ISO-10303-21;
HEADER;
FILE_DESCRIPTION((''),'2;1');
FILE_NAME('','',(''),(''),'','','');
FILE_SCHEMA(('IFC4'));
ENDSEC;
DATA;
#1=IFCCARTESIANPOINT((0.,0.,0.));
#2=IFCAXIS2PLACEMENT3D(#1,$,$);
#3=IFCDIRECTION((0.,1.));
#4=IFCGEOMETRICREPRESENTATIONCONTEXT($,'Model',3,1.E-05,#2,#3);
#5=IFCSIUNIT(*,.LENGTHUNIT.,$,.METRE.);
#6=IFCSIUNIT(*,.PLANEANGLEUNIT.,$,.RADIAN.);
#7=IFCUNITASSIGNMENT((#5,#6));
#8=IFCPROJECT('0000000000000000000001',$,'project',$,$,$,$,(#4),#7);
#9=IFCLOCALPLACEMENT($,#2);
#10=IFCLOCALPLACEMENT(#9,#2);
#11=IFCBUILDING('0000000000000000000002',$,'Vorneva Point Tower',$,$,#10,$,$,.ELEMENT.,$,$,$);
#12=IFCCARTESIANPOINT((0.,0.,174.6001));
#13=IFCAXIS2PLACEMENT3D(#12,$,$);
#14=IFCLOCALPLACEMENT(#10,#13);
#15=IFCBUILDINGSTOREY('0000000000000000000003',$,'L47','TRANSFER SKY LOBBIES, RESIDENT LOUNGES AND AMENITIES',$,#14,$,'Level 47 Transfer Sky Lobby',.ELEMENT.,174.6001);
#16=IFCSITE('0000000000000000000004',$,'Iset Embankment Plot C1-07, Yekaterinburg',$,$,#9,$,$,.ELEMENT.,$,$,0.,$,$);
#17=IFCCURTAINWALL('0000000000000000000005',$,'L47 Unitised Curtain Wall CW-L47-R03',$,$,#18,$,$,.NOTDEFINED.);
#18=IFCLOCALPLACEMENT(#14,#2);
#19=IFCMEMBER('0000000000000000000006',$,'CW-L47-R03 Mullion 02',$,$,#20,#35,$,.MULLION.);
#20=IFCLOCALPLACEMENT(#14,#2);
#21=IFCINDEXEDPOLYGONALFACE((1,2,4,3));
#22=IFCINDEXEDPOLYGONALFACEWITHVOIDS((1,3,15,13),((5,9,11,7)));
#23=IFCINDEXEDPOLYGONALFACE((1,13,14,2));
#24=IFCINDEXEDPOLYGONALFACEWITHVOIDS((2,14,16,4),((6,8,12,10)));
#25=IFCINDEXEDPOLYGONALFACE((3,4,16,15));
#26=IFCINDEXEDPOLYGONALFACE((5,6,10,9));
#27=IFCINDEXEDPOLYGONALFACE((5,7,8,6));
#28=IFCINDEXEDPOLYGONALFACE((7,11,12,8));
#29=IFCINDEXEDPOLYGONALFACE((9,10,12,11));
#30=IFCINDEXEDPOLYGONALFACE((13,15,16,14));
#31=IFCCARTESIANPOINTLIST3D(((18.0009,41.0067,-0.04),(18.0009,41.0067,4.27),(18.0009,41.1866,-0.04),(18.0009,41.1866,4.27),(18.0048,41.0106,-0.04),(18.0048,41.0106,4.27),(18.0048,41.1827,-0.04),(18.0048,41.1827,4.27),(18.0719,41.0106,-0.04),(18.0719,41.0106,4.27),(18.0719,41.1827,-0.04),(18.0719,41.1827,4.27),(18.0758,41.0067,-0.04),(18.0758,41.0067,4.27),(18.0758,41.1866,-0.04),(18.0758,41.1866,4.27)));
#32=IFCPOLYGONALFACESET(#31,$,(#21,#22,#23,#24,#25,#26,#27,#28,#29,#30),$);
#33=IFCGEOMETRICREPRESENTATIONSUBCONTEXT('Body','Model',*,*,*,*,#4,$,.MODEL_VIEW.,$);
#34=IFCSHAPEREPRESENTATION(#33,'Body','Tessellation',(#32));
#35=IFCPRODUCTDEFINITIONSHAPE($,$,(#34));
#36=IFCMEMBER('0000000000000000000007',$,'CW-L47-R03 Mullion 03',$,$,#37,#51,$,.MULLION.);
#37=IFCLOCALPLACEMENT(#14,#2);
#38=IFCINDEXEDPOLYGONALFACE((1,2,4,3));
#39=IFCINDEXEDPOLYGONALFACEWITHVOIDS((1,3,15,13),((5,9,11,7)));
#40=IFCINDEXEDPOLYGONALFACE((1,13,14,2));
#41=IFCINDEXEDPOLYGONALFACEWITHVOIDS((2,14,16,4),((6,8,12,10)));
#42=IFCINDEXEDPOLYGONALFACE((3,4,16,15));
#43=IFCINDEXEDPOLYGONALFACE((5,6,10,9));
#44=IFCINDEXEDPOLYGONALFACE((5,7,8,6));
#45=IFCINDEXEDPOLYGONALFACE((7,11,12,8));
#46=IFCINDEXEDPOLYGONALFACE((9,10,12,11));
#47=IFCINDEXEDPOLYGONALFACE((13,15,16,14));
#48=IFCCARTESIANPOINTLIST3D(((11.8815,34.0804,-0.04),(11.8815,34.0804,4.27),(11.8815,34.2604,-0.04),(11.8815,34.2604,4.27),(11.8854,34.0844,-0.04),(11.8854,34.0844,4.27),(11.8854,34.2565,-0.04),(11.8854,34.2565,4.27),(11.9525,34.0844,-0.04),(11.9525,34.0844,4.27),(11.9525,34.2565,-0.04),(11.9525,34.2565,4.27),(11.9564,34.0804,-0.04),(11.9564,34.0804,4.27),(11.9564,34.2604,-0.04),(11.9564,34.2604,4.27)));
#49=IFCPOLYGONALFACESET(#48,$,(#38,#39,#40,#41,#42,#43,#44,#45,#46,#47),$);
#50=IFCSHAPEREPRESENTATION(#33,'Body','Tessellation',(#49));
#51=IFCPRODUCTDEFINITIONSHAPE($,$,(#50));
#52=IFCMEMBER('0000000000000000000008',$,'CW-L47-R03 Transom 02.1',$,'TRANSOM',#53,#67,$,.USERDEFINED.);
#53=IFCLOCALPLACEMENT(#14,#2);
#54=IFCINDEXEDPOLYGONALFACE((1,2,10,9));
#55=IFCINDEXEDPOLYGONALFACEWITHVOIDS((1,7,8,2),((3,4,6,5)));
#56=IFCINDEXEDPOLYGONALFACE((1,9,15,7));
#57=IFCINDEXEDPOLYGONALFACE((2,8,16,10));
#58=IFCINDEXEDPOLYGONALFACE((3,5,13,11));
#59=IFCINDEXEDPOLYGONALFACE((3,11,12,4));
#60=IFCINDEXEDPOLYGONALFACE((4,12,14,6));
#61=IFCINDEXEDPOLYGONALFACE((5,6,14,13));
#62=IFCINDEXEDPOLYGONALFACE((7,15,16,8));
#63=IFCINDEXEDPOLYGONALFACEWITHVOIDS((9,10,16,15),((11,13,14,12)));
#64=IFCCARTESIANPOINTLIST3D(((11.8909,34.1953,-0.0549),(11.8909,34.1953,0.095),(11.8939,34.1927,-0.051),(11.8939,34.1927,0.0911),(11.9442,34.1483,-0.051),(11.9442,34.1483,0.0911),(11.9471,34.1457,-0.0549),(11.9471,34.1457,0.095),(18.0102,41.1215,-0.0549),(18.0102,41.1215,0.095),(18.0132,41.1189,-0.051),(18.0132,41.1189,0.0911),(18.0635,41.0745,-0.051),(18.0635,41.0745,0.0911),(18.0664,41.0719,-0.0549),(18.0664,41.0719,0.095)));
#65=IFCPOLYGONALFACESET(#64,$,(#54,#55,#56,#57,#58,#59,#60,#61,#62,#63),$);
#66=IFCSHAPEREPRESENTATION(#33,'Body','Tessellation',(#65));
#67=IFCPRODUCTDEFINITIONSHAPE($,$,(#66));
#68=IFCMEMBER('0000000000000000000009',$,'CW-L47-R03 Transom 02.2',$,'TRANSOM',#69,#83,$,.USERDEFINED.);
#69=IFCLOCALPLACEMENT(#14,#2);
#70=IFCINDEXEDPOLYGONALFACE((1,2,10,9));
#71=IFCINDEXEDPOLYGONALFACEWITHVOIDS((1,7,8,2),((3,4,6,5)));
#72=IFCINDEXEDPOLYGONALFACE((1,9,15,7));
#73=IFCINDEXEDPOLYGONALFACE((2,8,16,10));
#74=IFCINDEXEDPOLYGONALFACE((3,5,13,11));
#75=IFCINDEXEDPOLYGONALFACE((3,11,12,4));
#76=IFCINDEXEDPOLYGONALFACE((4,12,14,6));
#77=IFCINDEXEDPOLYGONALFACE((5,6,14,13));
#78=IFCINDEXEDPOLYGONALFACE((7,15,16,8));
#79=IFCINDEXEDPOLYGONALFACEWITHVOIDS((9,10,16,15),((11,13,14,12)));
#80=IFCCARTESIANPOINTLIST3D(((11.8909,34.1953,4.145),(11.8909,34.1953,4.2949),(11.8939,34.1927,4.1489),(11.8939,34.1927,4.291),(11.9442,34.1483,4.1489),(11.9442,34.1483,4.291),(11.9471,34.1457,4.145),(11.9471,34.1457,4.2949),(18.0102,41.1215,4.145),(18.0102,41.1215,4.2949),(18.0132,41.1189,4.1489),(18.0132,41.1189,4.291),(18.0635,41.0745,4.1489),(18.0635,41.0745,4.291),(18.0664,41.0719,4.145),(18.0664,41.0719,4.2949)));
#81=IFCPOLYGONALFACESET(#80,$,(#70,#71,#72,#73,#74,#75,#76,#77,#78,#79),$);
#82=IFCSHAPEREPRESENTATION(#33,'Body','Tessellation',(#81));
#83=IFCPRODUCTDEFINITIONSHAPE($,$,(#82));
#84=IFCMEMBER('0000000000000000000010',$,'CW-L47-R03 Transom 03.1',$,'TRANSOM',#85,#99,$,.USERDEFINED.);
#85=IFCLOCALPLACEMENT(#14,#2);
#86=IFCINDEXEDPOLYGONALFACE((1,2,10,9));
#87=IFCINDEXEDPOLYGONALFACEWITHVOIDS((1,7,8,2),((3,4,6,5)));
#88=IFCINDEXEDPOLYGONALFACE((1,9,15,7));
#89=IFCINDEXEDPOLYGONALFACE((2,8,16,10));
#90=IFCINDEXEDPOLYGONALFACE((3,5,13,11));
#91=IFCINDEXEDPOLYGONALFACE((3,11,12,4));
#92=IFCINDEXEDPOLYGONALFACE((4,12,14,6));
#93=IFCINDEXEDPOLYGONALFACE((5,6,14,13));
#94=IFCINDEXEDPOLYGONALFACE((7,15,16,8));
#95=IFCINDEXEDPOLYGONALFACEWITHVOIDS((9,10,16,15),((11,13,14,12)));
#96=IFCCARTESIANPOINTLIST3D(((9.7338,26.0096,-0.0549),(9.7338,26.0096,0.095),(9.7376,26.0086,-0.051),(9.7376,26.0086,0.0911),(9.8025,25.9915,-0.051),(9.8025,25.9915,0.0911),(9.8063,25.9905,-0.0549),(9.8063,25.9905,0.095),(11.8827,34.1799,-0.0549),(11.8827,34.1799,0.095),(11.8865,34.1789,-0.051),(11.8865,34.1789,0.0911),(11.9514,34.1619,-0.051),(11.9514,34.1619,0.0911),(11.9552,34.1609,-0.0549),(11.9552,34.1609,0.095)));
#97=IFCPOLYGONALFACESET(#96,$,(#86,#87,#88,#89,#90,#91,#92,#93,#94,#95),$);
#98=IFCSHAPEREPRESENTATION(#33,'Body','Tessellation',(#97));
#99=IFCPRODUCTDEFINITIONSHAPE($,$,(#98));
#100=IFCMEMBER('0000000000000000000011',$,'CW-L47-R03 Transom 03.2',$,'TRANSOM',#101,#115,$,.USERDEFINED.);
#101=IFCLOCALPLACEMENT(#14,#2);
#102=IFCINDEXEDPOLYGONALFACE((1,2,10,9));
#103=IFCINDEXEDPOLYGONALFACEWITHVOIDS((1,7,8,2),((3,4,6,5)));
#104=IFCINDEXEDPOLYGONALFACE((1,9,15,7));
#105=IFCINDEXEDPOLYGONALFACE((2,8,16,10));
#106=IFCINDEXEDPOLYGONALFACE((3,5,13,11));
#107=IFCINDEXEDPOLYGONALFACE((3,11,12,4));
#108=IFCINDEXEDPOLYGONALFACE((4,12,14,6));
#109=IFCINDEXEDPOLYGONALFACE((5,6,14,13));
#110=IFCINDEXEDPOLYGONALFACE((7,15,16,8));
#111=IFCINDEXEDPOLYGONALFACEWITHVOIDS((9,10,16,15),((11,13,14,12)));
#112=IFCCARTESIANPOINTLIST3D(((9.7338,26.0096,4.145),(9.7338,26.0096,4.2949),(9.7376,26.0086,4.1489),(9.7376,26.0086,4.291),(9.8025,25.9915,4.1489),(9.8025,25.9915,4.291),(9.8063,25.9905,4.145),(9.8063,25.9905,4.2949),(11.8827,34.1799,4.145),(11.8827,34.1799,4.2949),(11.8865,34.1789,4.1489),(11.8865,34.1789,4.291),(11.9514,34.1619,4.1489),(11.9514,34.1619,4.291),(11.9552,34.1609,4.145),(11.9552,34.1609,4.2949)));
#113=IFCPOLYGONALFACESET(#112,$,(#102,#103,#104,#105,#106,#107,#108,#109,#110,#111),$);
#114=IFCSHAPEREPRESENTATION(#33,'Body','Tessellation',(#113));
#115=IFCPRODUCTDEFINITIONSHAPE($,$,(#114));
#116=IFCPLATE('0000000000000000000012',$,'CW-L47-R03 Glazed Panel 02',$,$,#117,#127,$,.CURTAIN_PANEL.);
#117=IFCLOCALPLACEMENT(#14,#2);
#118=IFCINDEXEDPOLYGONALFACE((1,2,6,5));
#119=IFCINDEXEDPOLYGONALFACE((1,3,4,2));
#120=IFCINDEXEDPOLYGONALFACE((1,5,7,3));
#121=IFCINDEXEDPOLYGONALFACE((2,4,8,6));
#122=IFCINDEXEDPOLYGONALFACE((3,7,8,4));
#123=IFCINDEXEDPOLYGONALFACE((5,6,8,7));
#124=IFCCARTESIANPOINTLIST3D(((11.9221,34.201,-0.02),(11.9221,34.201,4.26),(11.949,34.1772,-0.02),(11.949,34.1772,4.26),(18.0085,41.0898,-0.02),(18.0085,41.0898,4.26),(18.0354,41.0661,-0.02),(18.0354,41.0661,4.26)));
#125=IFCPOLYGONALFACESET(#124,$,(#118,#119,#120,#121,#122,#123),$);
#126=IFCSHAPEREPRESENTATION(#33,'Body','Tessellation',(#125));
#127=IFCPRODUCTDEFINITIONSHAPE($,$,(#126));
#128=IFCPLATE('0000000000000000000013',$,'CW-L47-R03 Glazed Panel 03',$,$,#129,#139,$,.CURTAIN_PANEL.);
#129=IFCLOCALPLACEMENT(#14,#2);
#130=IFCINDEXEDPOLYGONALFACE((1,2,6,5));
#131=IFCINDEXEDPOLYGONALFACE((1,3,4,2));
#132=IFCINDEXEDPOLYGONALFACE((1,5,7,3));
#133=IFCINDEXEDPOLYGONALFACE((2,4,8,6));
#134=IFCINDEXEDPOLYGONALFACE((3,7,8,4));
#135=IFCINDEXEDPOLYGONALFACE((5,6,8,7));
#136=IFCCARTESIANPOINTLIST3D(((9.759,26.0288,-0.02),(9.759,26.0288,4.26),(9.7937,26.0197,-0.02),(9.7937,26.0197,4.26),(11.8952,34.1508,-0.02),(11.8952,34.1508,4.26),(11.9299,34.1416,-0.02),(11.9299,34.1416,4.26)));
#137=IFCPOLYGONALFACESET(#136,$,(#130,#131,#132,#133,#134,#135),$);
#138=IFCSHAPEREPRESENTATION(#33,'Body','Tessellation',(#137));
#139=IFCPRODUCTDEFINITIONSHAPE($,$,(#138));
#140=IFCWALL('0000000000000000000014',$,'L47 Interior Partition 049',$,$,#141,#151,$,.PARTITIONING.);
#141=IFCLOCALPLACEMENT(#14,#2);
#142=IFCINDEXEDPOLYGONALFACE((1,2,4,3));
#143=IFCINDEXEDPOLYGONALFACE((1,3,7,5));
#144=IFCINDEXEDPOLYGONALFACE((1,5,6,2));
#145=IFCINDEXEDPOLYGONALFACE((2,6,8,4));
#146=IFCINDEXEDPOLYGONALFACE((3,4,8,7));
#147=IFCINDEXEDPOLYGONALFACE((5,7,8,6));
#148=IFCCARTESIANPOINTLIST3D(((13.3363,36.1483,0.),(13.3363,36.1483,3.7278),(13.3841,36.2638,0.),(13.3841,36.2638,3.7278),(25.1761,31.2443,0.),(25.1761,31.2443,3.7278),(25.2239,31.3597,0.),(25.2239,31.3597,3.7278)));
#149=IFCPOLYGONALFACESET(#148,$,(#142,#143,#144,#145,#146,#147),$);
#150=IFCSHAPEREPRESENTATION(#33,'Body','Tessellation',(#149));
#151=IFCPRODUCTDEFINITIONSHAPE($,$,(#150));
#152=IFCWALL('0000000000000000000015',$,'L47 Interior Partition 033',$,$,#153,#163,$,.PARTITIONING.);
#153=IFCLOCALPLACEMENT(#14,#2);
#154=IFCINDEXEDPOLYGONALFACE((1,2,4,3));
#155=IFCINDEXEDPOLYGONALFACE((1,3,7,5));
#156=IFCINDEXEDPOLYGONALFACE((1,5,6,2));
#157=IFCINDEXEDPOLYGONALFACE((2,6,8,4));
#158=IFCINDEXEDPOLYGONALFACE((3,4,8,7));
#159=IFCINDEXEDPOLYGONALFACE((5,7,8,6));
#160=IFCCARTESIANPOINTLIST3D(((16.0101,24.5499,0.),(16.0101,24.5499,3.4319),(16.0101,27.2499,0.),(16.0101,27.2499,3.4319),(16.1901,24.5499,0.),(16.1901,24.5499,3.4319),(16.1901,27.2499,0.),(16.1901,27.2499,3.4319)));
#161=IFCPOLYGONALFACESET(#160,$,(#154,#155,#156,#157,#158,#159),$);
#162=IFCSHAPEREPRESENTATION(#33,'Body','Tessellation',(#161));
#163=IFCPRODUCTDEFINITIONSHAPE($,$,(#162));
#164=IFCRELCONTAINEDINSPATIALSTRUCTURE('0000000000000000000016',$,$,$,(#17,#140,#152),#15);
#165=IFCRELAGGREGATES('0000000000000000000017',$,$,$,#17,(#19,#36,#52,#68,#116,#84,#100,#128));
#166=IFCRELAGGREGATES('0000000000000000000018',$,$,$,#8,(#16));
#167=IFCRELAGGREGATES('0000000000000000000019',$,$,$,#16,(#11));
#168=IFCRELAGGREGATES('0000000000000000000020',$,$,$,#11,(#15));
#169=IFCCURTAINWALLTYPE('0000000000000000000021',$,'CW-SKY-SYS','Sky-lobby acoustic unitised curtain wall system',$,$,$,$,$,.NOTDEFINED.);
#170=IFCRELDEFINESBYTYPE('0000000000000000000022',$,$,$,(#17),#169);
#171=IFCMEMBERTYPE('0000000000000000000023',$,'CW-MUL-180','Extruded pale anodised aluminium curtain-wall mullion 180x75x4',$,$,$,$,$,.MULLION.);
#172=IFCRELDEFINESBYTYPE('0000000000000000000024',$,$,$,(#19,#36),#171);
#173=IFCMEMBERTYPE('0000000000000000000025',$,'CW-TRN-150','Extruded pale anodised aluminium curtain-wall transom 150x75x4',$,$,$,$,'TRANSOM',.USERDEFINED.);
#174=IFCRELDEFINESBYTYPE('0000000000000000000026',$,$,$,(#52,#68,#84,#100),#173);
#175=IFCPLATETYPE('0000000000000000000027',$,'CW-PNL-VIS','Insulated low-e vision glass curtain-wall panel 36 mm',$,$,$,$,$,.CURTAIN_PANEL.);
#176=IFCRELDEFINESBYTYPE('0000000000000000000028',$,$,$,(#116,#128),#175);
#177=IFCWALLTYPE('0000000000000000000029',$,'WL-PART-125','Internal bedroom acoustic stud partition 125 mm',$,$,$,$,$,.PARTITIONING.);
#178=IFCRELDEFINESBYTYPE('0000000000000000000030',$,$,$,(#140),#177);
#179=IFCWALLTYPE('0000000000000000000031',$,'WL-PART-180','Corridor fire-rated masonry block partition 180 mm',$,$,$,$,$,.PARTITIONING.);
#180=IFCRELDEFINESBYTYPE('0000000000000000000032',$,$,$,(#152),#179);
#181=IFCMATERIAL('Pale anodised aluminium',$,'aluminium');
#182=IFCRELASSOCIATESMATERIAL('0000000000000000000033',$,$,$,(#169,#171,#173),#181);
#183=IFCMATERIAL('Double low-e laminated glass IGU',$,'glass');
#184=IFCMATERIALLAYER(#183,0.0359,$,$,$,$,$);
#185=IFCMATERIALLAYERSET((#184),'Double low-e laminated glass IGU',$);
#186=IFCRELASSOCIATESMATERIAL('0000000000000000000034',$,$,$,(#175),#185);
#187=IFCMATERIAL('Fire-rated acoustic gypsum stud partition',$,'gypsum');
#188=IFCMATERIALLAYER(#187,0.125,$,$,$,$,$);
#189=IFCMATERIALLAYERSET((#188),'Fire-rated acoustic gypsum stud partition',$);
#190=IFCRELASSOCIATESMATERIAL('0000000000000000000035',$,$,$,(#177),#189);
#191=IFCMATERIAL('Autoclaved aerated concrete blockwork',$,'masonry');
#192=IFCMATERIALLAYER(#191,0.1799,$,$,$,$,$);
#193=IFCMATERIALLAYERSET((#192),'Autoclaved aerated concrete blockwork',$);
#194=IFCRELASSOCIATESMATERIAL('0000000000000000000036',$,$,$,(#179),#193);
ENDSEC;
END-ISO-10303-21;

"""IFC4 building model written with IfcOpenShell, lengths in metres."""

from ifc_helpers import new_model, si_unit, direction, frame, frame_2d, origin, origin_2d, place, context, subcontext, project, spatial, rectangle, hollow_rectangle, extrude, material, layer, layer_set, material_profile, profile_set, type_object, element, aggregate, save


model = new_model("IFC4")

# Units and contexts
model_context = context("Model", 3, precision=1e-05, world=origin(), true_north=direction((0.0, 1.0)))
body_context = subcontext(model_context, "Body", "Model", "MODEL_VIEW")
ifc_project = project(units=[si_unit("LENGTHUNIT", "METRE"), si_unit("PLANEANGLEUNIT", "RADIAN")], contexts=[model_context])

# Site, building, storey
site_placement = place(None, origin())
site = spatial("IfcSite", under=ifc_project, at=site_placement, Name="Iset Embankment Plot C1-07, Yekaterinburg", CompositionType="ELEMENT", RefElevation=0.0)
building_placement = place(site_placement, origin())
building = spatial("IfcBuilding", under=site, at=building_placement, Name="Vorneva Point Tower", CompositionType="ELEMENT")
storey_placement = place(building_placement, frame((0.0, 0.0, 174.6001)))
storey = spatial("IfcBuildingStorey", under=building, at=storey_placement, Name="L47", Description="TRANSFER SKY LOBBIES, RESIDENT LOUNGES AND AMENITIES", LongName="Level 47 Transfer Sky Lobby", CompositionType="ELEMENT", Elevation=174.6001)

# Curtain wall, members, plates
ifc_material_1 = material(Name="Pale anodised aluminium", Category="aluminium")
curtain_wall_type = type_object("IfcCurtainWallType", Name="CW-SKY-SYS", Description="Sky-lobby acoustic unitised curtain wall system", PredefinedType="NOTDEFINED", material=ifc_material_1)
curtain_wall_placement = place(storey_placement, origin())
curtain_wall = element("IfcCurtainWall", 1, at=curtain_wall_placement, inside=storey, type_object=curtain_wall_type, Name="L47 Unitised Curtain Wall CW-L47-R03", PredefinedType="NOTDEFINED")
ifc_material_profile_1 = material_profile(ifc_material_1, hollow_rectangle(XDim=0.075, YDim=0.1799, WallThickness=0.0039, at=origin_2d()), Name="AL-MUL 180x75x4")
ifc_profile_set_1 = profile_set([ifc_material_profile_1], Name="Pale anodised aluminium")
member_type_1 = type_object("IfcMemberType", Name="CW-MUL-180", Description="Extruded pale anodised aluminium curtain-wall mullion 180x75x4", PredefinedType="MULLION", material=ifc_profile_set_1)
member_1_placement = place(storey_placement, frame((18.0383, 41.0967, -0.04), z_axis=(0.0, 0.0, 1.0), x_axis=(1.0, 0.0, 0.0)))
member_1 = element("IfcMember", 2, at=member_1_placement, type_object=member_type_1, Name="CW-L47-R03 Mullion 02", PredefinedType="MULLION", context=body_context, shape_type="SweptSolid", body=[
    extrude(hollow_rectangle(XDim=0.075, YDim=0.1799, WallThickness=0.0039, at=origin_2d()), origin(), (0.0, 0.0, 1.0), 4.3101),
])
member_2_placement = place(storey_placement, frame((11.9189, 34.1704, -0.04), z_axis=(0.0, 0.0, 1.0), x_axis=(1.0, 0.0, 0.0)))
member_2 = element("IfcMember", 3, at=member_2_placement, type_object=member_type_1, Name="CW-L47-R03 Mullion 03", PredefinedType="MULLION", context=body_context, shape_type="SweptSolid", body=[
    extrude(hollow_rectangle(XDim=0.075, YDim=0.1799, WallThickness=0.0039, at=origin_2d()), origin(), (0.0, 0.0, 1.0), 4.3101),
])
ifc_material_profile_2 = material_profile(ifc_material_1, hollow_rectangle(XDim=0.075, YDim=0.1499, WallThickness=0.0039, at=origin_2d()), Name="AL-TRN 150x75x4")
ifc_profile_set_2 = profile_set([ifc_material_profile_2], Name="Pale anodised aluminium")
member_type_2 = type_object("IfcMemberType", Name="CW-TRN-150", Description="Extruded pale anodised aluminium curtain-wall transom 150x75x4", ElementType="TRANSOM", PredefinedType="USERDEFINED", material=ifc_profile_set_2)
member_3_placement = place(storey_placement, frame((18.0383, 41.0967, 0.02), z_axis=(-0.662106, -0.74941, 0.0), x_axis=(0.74941, -0.662106, 0.0)))
member_3 = element("IfcMember", 4, at=member_3_placement, type_object=member_type_2, Name="CW-L47-R03 Transom 02.1", ObjectType="TRANSOM", PredefinedType="USERDEFINED", context=body_context, shape_type="SweptSolid", body=[
    extrude(hollow_rectangle(XDim=0.075, YDim=0.1499, WallThickness=0.0039, at=origin_2d()), origin(), (0.0, 0.0, 1.0), 9.2422),
])
member_4_placement = place(storey_placement, frame((18.0383, 41.0967, 4.22), z_axis=(-0.662106, -0.74941, 0.0), x_axis=(0.74941, -0.662106, 0.0)))
member_4 = element("IfcMember", 5, at=member_4_placement, type_object=member_type_2, Name="CW-L47-R03 Transom 02.2", ObjectType="TRANSOM", PredefinedType="USERDEFINED", context=body_context, shape_type="SweptSolid", body=[
    extrude(hollow_rectangle(XDim=0.075, YDim=0.1499, WallThickness=0.0039, at=origin_2d()), origin(), (0.0, 0.0, 1.0), 9.2422),
])
member_5_placement = place(storey_placement, frame((11.9189, 34.1704, 0.02), z_axis=(-0.254362, -0.967109, 0.0), x_axis=(0.967109, -0.254362, 0.0)))
member_5 = element("IfcMember", 6, at=member_5_placement, type_object=member_type_2, Name="CW-L47-R03 Transom 03.1", ObjectType="TRANSOM", PredefinedType="USERDEFINED", context=body_context, shape_type="SweptSolid", body=[
    extrude(hollow_rectangle(XDim=0.075, YDim=0.1499, WallThickness=0.0039, at=origin_2d()), origin(), (0.0, 0.0, 1.0), 8.4482),
])
member_6_placement = place(storey_placement, frame((11.9189, 34.1704, 4.22), z_axis=(-0.254362, -0.967109, 0.0), x_axis=(0.967109, -0.254362, 0.0)))
member_6 = element("IfcMember", 7, at=member_6_placement, type_object=member_type_2, Name="CW-L47-R03 Transom 03.2", ObjectType="TRANSOM", PredefinedType="USERDEFINED", context=body_context, shape_type="SweptSolid", body=[
    extrude(hollow_rectangle(XDim=0.075, YDim=0.1499, WallThickness=0.0039, at=origin_2d()), origin(), (0.0, 0.0, 1.0), 8.4482),
])
ifc_material_2 = material(Name="Double low-e laminated glass IGU", Category="glass")
ifc_layer_1 = layer(ifc_material_2, 0.0359)
ifc_layer_set_1 = layer_set([ifc_layer_1], Name="Double low-e laminated glass IGU")
plate_type = type_object("IfcPlateType", Name="CW-PNL-VIS", Description="Insulated low-e vision glass curtain-wall panel 36 mm", PredefinedType="CURTAIN_PANEL", material=ifc_layer_set_1)
plate_1_placement = place(storey_placement, frame((14.9788, 37.6335, -0.02), z_axis=(0.0, 0.0, 1.0), x_axis=(-0.66211, -0.749407, 0.0)))
plate_1 = element("IfcPlate", 8, at=plate_1_placement, type_object=plate_type, Name="CW-L47-R03 Glazed Panel 02", PredefinedType="CURTAIN_PANEL", context=body_context, shape_type="SweptSolid", body=[
    extrude(rectangle(XDim=9.1924, YDim=0.0359, at=origin_2d()), origin(), (0.0, 0.0, 1.0), 4.28),
])
plate_2_placement = place(storey_placement, frame((10.8445, 30.0852, -0.02), z_axis=(0.0, 0.0, 1.0), x_axis=(-0.254366, -0.967108, 0.0)))
plate_2 = element("IfcPlate", 9, at=plate_2_placement, type_object=plate_type, Name="CW-L47-R03 Glazed Panel 03", PredefinedType="CURTAIN_PANEL", context=body_context, shape_type="SweptSolid", body=[
    extrude(rectangle(XDim=8.3982, YDim=0.0359, at=origin_2d()), origin(), (0.0, 0.0, 1.0), 4.28),
])
aggregate(curtain_wall, [member_1, member_2, member_3, member_4, plate_1, member_5, member_6, plate_2])

# Walls
ifc_material_3 = material(Name="Fire-rated acoustic gypsum stud partition", Category="gypsum")
ifc_layer_2 = layer(ifc_material_3, 0.125)
ifc_layer_set_2 = layer_set([ifc_layer_2], Name="Fire-rated acoustic gypsum stud partition")
wall_type_1 = type_object("IfcWallType", Name="WL-PART-125", Description="Internal bedroom acoustic stud partition 125 mm", PredefinedType="PARTITIONING", material=ifc_layer_set_2)
wall_1_placement = place(storey_placement, frame((13.3601, 36.2061, 0.0), z_axis=(0.0, 0.0, 1.0), x_axis=(0.923884, -0.382672, 0.0)))
element("IfcWall", 10, at=wall_1_placement, inside=storey, type_object=wall_type_1, Name="L47 Interior Partition 049", PredefinedType="PARTITIONING", context=body_context, shape_type="SweptSolid", body=[
    extrude(rectangle(XDim=12.8152, YDim=0.125, at=frame_2d((6.4077, 0.0))), origin(), (0.0, 0.0, 1.0), 3.7278),
])
ifc_material_4 = material(Name="Autoclaved aerated concrete blockwork", Category="masonry")
ifc_layer_3 = layer(ifc_material_4, 0.1799)
ifc_layer_set_3 = layer_set([ifc_layer_3], Name="Autoclaved aerated concrete blockwork")
wall_type_2 = type_object("IfcWallType", Name="WL-PART-180", Description="Corridor fire-rated masonry block partition 180 mm", PredefinedType="PARTITIONING", material=ifc_layer_set_3)
wall_2_placement = place(storey_placement, frame((16.1001, 27.25, 0.0), z_axis=(0.0, 0.0, 1.0), x_axis=(0.0, -1.0, 0.0)))
element("IfcWall", 11, at=wall_2_placement, inside=storey, type_object=wall_type_2, Name="L47 Interior Partition 033", PredefinedType="PARTITIONING", context=body_context, shape_type="SweptSolid", body=[
    extrude(rectangle(XDim=2.7, YDim=0.1799, at=frame_2d((1.3501, 0.0))), origin(), (0.0, 0.0, 1.0), 3.4319),
])

save(model, "model.ifc")
